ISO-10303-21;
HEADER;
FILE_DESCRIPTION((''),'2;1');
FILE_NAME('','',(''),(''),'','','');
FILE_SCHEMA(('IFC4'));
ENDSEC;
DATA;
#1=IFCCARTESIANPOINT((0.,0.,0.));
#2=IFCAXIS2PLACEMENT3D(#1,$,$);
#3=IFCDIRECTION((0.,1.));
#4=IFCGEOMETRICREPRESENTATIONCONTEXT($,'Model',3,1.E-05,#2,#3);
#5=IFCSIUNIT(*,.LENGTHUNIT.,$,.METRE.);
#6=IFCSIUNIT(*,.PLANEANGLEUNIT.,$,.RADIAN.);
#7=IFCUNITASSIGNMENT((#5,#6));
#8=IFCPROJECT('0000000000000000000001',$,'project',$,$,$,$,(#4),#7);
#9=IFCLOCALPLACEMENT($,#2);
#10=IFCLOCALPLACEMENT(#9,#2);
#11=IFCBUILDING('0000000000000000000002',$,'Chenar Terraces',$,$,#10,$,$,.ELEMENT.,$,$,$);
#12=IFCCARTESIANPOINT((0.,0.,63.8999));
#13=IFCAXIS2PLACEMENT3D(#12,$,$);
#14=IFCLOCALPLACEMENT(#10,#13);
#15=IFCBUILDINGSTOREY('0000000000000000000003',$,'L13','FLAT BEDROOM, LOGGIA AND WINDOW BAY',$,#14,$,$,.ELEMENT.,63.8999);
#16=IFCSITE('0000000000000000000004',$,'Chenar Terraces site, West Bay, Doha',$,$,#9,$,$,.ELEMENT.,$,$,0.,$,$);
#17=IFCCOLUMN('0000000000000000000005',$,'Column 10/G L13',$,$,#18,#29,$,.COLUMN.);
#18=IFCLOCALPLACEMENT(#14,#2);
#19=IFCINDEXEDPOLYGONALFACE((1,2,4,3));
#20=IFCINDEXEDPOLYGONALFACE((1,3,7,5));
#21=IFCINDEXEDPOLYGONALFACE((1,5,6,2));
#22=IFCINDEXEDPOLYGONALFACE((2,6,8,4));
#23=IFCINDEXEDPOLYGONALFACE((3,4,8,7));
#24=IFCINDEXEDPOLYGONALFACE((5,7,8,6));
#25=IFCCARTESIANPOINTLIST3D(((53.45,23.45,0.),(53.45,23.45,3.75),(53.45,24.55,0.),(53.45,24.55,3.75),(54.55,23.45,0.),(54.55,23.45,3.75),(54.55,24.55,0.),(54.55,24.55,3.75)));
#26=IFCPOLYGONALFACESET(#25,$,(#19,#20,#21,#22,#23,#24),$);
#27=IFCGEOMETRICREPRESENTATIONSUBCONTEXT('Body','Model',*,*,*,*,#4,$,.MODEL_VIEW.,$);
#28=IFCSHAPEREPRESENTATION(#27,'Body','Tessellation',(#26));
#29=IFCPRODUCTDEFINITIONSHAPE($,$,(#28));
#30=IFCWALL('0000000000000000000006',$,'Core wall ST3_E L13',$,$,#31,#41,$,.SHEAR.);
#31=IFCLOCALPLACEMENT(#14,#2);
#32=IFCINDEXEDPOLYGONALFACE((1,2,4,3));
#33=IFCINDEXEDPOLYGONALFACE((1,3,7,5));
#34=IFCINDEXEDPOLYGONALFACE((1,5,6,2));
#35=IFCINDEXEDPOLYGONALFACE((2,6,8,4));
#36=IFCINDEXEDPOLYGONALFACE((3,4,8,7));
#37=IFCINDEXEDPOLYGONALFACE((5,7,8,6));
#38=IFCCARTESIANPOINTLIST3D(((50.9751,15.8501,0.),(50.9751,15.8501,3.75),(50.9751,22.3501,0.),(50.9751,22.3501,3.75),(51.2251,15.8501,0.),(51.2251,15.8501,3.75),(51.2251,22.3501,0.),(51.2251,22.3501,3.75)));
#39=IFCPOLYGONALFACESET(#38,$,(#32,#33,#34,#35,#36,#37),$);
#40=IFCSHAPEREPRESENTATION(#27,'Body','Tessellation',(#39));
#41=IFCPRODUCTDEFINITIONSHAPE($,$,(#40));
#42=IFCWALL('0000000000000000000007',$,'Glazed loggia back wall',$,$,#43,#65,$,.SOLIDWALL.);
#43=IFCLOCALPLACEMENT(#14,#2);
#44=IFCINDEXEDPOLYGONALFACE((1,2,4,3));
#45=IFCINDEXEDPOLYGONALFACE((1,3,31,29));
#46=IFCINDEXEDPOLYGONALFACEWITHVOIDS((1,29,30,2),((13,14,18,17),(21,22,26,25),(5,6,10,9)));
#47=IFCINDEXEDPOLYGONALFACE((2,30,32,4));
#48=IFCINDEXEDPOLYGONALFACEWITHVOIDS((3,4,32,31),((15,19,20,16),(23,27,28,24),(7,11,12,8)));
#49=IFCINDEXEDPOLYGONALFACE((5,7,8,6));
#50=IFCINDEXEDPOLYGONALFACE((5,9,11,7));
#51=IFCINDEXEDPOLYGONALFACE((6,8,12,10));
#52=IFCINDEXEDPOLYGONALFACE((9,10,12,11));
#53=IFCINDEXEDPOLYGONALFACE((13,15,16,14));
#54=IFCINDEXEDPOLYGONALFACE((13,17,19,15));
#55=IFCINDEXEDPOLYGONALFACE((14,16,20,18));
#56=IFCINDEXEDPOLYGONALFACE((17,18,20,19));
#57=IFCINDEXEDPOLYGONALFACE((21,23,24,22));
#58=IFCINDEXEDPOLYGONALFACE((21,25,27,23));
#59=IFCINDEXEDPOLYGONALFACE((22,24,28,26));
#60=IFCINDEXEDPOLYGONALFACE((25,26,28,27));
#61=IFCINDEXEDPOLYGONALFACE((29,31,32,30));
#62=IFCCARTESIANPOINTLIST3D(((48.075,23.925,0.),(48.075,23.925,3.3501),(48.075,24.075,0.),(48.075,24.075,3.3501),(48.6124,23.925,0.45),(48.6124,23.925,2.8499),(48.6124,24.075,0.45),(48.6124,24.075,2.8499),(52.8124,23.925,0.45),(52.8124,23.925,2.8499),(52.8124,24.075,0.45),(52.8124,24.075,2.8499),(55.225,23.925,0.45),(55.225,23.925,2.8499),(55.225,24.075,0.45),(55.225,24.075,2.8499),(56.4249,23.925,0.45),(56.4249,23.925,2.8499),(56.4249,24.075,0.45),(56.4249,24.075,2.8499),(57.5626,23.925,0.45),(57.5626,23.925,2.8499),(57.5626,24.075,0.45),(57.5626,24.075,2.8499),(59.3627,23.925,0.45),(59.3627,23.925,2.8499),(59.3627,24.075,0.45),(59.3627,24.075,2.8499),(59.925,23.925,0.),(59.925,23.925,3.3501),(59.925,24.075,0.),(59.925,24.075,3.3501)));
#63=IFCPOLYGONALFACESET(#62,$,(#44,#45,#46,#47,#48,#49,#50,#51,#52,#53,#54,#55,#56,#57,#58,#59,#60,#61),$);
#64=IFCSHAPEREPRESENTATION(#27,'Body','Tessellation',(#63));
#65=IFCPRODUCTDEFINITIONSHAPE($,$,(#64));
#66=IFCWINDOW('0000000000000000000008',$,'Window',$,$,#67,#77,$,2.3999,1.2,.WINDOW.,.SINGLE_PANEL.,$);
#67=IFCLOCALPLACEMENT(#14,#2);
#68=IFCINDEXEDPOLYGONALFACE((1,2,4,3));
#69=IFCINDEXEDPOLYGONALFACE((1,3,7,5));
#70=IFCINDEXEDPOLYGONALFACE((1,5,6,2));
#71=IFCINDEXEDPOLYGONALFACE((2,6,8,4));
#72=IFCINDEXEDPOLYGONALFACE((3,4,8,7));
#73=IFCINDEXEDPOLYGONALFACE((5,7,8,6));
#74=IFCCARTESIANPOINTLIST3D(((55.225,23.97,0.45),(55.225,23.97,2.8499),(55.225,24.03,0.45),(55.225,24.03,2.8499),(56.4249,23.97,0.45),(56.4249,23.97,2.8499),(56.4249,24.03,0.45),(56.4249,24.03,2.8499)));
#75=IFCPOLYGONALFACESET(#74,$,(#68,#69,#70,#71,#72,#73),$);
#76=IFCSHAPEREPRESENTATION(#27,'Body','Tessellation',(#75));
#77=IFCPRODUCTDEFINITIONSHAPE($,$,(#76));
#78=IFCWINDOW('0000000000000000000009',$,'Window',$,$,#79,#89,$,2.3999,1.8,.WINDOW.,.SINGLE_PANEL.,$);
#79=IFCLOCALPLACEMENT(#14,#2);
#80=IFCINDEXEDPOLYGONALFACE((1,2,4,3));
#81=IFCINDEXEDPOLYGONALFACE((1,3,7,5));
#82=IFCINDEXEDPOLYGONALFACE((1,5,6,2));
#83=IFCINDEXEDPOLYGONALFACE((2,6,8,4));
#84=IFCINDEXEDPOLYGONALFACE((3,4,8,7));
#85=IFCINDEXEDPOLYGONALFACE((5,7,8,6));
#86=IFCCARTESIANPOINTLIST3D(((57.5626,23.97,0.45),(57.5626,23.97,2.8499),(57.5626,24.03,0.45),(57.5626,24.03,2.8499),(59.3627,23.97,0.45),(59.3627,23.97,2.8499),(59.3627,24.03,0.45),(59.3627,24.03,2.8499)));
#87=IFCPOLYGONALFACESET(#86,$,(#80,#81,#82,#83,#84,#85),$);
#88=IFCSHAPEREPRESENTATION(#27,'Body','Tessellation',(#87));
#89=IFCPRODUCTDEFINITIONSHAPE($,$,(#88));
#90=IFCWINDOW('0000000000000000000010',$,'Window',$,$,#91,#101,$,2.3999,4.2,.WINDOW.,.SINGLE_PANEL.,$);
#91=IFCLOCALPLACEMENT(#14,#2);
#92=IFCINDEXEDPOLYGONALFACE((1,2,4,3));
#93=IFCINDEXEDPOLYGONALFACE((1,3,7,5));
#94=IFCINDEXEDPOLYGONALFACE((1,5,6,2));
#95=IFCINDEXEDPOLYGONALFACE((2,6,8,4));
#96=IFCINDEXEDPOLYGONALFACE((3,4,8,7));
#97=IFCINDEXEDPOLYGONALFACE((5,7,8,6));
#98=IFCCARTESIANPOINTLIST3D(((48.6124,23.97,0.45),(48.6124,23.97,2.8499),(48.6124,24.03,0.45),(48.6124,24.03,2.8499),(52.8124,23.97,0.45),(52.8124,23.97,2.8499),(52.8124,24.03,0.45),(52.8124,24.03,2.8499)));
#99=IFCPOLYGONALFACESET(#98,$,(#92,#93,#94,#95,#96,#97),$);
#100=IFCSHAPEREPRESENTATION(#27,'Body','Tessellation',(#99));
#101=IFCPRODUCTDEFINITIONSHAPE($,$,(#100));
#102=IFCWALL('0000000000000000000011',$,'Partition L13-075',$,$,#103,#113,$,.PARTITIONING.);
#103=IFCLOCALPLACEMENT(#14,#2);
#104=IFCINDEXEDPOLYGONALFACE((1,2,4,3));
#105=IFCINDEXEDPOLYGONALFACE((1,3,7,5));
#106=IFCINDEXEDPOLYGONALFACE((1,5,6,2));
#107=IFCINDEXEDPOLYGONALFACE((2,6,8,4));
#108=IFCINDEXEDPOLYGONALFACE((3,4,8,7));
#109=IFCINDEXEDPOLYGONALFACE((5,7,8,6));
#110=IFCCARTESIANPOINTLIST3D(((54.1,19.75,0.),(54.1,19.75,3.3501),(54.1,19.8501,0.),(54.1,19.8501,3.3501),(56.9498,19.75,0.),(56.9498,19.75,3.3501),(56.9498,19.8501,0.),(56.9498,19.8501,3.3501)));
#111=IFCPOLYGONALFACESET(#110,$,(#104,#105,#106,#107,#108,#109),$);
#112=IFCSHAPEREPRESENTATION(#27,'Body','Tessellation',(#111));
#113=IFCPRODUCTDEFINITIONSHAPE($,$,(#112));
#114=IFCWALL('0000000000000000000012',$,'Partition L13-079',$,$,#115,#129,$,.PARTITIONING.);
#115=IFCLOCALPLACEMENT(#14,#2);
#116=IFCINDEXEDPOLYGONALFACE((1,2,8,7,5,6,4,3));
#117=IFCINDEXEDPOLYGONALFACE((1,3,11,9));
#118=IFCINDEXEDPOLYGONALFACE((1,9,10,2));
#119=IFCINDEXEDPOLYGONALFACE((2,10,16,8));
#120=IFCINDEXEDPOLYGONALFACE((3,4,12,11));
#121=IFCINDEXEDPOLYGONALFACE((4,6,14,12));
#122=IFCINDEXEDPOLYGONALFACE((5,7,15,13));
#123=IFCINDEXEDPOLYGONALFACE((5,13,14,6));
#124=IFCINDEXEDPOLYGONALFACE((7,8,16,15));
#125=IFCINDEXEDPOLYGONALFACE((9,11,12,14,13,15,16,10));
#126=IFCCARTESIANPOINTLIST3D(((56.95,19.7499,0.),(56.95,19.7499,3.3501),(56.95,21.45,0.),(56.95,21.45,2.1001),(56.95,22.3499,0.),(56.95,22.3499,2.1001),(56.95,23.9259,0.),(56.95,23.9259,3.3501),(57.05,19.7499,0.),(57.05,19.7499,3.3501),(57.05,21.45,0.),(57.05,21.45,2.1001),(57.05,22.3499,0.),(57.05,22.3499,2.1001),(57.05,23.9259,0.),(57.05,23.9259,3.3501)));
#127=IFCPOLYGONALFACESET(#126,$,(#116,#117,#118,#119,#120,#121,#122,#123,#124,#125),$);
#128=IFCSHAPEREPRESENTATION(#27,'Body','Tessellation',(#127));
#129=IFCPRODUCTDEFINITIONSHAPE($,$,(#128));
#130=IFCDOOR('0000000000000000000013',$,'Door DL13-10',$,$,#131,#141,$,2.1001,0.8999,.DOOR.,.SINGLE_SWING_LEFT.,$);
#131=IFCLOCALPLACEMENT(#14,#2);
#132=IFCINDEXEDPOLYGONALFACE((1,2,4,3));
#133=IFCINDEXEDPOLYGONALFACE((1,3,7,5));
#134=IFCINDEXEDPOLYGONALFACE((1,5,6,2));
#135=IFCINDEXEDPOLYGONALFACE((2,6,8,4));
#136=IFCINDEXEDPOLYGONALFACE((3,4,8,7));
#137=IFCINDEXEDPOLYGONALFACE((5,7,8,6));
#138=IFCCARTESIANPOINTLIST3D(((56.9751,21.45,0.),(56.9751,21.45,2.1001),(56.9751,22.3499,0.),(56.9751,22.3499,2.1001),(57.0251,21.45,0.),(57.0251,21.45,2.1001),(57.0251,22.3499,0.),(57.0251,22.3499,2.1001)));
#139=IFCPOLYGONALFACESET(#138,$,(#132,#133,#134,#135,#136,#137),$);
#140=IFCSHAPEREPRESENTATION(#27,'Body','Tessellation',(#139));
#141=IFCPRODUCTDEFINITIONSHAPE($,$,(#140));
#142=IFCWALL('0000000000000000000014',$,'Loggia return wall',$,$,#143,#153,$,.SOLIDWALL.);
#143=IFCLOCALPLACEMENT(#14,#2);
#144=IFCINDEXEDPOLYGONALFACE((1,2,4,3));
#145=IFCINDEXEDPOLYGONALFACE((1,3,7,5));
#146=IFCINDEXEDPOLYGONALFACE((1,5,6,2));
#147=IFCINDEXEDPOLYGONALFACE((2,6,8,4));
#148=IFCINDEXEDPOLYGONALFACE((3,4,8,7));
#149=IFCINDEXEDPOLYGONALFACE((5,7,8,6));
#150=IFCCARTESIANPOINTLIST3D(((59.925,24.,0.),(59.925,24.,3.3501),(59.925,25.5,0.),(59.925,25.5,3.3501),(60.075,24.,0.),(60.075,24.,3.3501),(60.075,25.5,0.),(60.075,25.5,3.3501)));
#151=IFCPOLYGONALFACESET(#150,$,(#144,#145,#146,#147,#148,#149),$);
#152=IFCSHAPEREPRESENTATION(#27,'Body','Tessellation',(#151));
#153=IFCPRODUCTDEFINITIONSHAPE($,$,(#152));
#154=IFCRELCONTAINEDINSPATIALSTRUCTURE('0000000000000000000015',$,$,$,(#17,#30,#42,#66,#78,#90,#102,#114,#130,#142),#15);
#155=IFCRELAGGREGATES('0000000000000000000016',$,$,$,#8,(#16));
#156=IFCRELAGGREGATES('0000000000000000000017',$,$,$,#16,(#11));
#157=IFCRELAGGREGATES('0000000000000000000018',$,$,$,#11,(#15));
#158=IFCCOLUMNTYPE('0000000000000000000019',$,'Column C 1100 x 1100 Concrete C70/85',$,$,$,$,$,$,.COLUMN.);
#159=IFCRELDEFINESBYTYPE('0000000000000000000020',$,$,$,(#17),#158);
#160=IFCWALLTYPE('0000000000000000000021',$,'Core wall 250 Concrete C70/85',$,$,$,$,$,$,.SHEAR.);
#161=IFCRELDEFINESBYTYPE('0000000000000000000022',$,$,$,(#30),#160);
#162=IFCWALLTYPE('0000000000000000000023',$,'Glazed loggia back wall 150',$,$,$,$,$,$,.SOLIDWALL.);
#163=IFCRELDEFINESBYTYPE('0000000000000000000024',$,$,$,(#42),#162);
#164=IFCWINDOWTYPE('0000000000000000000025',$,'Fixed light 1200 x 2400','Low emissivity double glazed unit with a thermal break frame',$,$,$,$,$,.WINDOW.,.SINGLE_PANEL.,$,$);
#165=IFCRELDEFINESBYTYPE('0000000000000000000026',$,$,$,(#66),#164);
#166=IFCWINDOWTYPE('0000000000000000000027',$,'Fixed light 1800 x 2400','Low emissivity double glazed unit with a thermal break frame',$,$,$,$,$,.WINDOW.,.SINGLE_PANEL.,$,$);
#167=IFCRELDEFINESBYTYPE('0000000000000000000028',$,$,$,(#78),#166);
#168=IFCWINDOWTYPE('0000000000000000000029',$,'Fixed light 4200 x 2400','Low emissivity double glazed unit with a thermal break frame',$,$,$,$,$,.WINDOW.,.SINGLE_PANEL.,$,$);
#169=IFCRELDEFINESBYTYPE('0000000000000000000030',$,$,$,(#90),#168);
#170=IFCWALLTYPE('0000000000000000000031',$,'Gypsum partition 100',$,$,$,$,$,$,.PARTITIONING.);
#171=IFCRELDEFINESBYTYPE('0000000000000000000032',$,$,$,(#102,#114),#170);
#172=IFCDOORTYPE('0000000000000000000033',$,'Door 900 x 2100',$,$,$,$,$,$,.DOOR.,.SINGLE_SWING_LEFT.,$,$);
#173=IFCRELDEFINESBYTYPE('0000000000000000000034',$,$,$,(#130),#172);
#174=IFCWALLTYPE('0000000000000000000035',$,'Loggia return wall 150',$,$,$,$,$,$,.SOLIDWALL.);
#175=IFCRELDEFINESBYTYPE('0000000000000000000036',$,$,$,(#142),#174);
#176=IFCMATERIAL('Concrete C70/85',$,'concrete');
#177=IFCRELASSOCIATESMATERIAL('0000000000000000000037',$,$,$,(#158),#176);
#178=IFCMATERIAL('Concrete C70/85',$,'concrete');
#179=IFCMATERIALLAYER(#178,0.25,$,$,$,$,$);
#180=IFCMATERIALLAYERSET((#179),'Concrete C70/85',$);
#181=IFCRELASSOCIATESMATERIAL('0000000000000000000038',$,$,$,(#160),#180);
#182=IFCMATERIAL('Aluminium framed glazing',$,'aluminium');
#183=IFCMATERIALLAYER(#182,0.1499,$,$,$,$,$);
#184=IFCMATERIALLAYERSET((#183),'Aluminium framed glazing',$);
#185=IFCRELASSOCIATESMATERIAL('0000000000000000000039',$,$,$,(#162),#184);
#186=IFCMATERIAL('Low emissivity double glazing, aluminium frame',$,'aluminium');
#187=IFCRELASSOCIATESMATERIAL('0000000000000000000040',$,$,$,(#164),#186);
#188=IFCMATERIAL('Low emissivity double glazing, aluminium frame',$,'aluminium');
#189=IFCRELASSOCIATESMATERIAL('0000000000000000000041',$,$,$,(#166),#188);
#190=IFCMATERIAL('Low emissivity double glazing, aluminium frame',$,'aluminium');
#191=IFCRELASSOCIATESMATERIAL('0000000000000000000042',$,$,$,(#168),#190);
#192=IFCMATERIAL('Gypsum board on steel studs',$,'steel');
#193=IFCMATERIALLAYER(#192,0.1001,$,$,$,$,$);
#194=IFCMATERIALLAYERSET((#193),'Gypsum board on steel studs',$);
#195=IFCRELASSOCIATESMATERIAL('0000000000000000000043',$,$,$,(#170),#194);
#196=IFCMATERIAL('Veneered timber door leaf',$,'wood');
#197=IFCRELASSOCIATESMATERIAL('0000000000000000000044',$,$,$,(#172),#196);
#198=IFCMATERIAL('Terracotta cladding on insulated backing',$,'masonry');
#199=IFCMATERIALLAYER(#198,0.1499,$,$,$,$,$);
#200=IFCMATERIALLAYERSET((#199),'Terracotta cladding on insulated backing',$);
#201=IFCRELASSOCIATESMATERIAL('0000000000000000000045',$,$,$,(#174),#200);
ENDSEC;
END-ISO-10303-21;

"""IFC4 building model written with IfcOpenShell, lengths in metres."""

from ifc_helpers import new_model, si_unit, direction, frame, frame_2d, origin, origin_2d, place, context, subcontext, project, spatial, rectangle, extrude, material, layer, layer_set, material_profile, profile_set, type_object, element, fill, save


model = new_model("IFC4")

# Units and contexts
model_context = context("Model", 3, precision=1e-05, world=origin(), true_north=direction((0.0, 1.0)))
body_context = subcontext(model_context, "Body", "Model", "MODEL_VIEW")
ifc_project = project(units=[si_unit("LENGTHUNIT", "METRE"), si_unit("PLANEANGLEUNIT", "RADIAN")], contexts=[model_context])

# Site, building, storey
site_placement = place(None, origin())
site = spatial("IfcSite", under=ifc_project, at=site_placement, Name="Chenar Terraces site, West Bay, Doha", CompositionType="ELEMENT", RefElevation=0.0)
building_placement = place(site_placement, origin())
building = spatial("IfcBuilding", under=site, at=building_placement, Name="Chenar Terraces", CompositionType="ELEMENT")
storey_placement = place(building_placement, frame((0.0, 0.0, 63.8999)))
storey = spatial("IfcBuildingStorey", under=building, at=storey_placement, Name="L13", Description="FLAT BEDROOM, LOGGIA AND WINDOW BAY", CompositionType="ELEMENT", Elevation=63.8999)

# Column
ifc_material_1 = material(Name="Concrete C70/85", Category="concrete")
ifc_material_profile_1 = material_profile(ifc_material_1, rectangle(XDim=1.1001, YDim=1.1001, at=origin_2d()), Name="C 1100 x 1100")
ifc_profile_set_1 = profile_set([ifc_material_profile_1], Name="Concrete C70/85")
column_type = type_object("IfcColumnType", Name="Column C 1100 x 1100 Concrete C70/85", PredefinedType="COLUMN", material=ifc_profile_set_1)
column_placement = place(storey_placement, frame((54.0, 24.0, 0.0), z_axis=(0.0, 0.0, 1.0), x_axis=(1.0, 0.0, 0.0)))
element("IfcColumn", 1, at=column_placement, inside=storey, type_object=column_type, Name="Column 10/G L13", PredefinedType="COLUMN", context=body_context, shape_type="SweptSolid", body=[
    extrude(rectangle(XDim=1.1001, YDim=1.1001, at=origin_2d()), origin(), (0.0, 0.0, 1.0), 3.75),
])

# Wall
ifc_material_2 = material(Name="Concrete C70/85", Category="concrete")
ifc_layer_1 = layer(ifc_material_2, 0.25)
ifc_layer_set_1 = layer_set([ifc_layer_1], Name="Concrete C70/85")
wall_type_1 = type_object("IfcWallType", Name="Core wall 250 Concrete C70/85", PredefinedType="SHEAR", material=ifc_layer_set_1)
wall_1_placement = place(storey_placement, frame((51.1001, 15.8501, 0.0), z_axis=(0.0, 0.0, 1.0), x_axis=(0.0, 1.0, 0.0)))
element("IfcWall", 2, at=wall_1_placement, inside=storey, type_object=wall_type_1, Name="Core wall ST3_E L13", PredefinedType="SHEAR", context=body_context, shape_type="SweptSolid", body=[
    extrude(rectangle(XDim=6.5, YDim=0.25, at=frame_2d((3.25, 0.0))), origin(), (0.0, 0.0, 1.0), 3.75),
])

# Wall, openings, windows
ifc_material_3 = material(Name="Aluminium framed glazing", Category="aluminium")
ifc_layer_2 = layer(ifc_material_3, 0.1499)
ifc_layer_set_2 = layer_set([ifc_layer_2], Name="Aluminium framed glazing")
wall_type_2 = type_object("IfcWallType", Name="Glazed loggia back wall 150", PredefinedType="SOLIDWALL", material=ifc_layer_set_2)
wall_2_placement = place(storey_placement, frame((59.925, 24.0, 0.0), z_axis=(0.0, 0.0, 1.0), x_axis=(-1.0, 0.0, 0.0)))
wall_2 = element("IfcWall", 3, at=wall_2_placement, inside=storey, type_object=wall_type_2, Name="Glazed loggia back wall", PredefinedType="SOLIDWALL", context=body_context, shape_type="SweptSolid", body=[
    extrude(rectangle(XDim=11.8501, YDim=0.1499, at=frame_2d((5.925, 0.0))), origin(), (0.0, 0.0, 1.0), 3.3501),
])
opening_1_placement = place(wall_2_placement, frame((0.5625, 0.0, 0.45)))
opening_1 = element("IfcOpeningElement", 4, at=opening_1_placement, cuts=wall_2, PredefinedType="OPENING", context=body_context, shape_type="SweptSolid", body=[
    extrude(rectangle(XDim=1.8, YDim=2.3999, at=frame_2d((0.8999, 1.2))), frame((0.0, 0.085, 0.0), z_axis=(0.0, -1.0, 0.0), x_axis=(1.0, 0.0, 0.0)), (0.0, 0.0, 1.0), 0.1699),
])
opening_2_placement = place(wall_2_placement, frame((3.5, 0.0, 0.45)))
opening_2 = element("IfcOpeningElement", 5, at=opening_2_placement, cuts=wall_2, PredefinedType="OPENING", context=body_context, shape_type="SweptSolid", body=[
    extrude(rectangle(XDim=1.2, YDim=2.3999, at=frame_2d((0.6001, 1.2))), frame((0.0, 0.085, 0.0), z_axis=(0.0, -1.0, 0.0), x_axis=(1.0, 0.0, 0.0)), (0.0, 0.0, 1.0), 0.1699),
])
opening_3_placement = place(wall_2_placement, frame((7.1125, 0.0, 0.45)))
opening_3 = element("IfcOpeningElement", 6, at=opening_3_placement, cuts=wall_2, PredefinedType="OPENING", context=body_context, shape_type="SweptSolid", body=[
    extrude(rectangle(XDim=4.2, YDim=2.3999, at=frame_2d((2.1001, 1.2))), frame((0.0, 0.085, 0.0), z_axis=(0.0, -1.0, 0.0), x_axis=(1.0, 0.0, 0.0)), (0.0, 0.0, 1.0), 0.1699),
])
ifc_material_4 = material(Name="Low emissivity double glazing, aluminium frame", Category="aluminium")
window_type_1 = type_object("IfcWindowType", Name="Fixed light 1200 x 2400", Description="Low emissivity double glazed unit with a thermal break frame", PartitioningType="SINGLE_PANEL", PredefinedType="WINDOW", material=ifc_material_4)
window_1_placement = place(opening_2_placement, origin())
window_1 = element("IfcWindow", 7, at=window_1_placement, inside=storey, type_object=window_type_1, Name="Window", OverallHeight=2.3999, OverallWidth=1.2, PartitioningType="SINGLE_PANEL", PredefinedType="WINDOW", context=body_context, shape_type="SweptSolid", body=[
    extrude(rectangle(XDim=1.2, YDim=2.3999, at=frame_2d((0.6001, 1.2))), frame((0.0, 0.03, 0.0), z_axis=(0.0, -1.0, 0.0), x_axis=(1.0, 0.0, 0.0)), (0.0, 0.0, 1.0), 0.0601),
])
fill(opening_2, window_1)
ifc_material_5 = material(Name="Low emissivity double glazing, aluminium frame", Category="aluminium")
window_type_2 = type_object("IfcWindowType", Name="Fixed light 1800 x 2400", Description="Low emissivity double glazed unit with a thermal break frame", PartitioningType="SINGLE_PANEL", PredefinedType="WINDOW", material=ifc_material_5)
window_2_placement = place(opening_1_placement, origin())
window_2 = element("IfcWindow", 8, at=window_2_placement, inside=storey, type_object=window_type_2, Name="Window", OverallHeight=2.3999, OverallWidth=1.8, PartitioningType="SINGLE_PANEL", PredefinedType="WINDOW", context=body_context, shape_type="SweptSolid", body=[
    extrude(rectangle(XDim=1.8, YDim=2.3999, at=frame_2d((0.8999, 1.2))), frame((0.0, 0.03, 0.0), z_axis=(0.0, -1.0, 0.0), x_axis=(1.0, 0.0, 0.0)), (0.0, 0.0, 1.0), 0.0601),
])
fill(opening_1, window_2)
ifc_material_6 = material(Name="Low emissivity double glazing, aluminium frame", Category="aluminium")
window_type_3 = type_object("IfcWindowType", Name="Fixed light 4200 x 2400", Description="Low emissivity double glazed unit with a thermal break frame", PartitioningType="SINGLE_PANEL", PredefinedType="WINDOW", material=ifc_material_6)
window_3_placement = place(opening_3_placement, origin())
window_3 = element("IfcWindow", 9, at=window_3_placement, inside=storey, type_object=window_type_3, Name="Window", OverallHeight=2.3999, OverallWidth=4.2, PartitioningType="SINGLE_PANEL", PredefinedType="WINDOW", context=body_context, shape_type="SweptSolid", body=[
    extrude(rectangle(XDim=4.2, YDim=2.3999, at=frame_2d((2.1001, 1.2))), frame((0.0, 0.03, 0.0), z_axis=(0.0, -1.0, 0.0), x_axis=(1.0, 0.0, 0.0)), (0.0, 0.0, 1.0), 0.0601),
])
fill(opening_3, window_3)

# Wall
ifc_material_7 = material(Name="Gypsum board on steel studs", Category="steel")
ifc_layer_3 = layer(ifc_material_7, 0.1001)
ifc_layer_set_3 = layer_set([ifc_layer_3], Name="Gypsum board on steel studs")
wall_type_3 = type_object("IfcWallType", Name="Gypsum partition 100", PredefinedType="PARTITIONING", material=ifc_layer_set_3)
wall_3_placement = place(storey_placement, frame((54.1001, 19.8, 0.0), z_axis=(0.0, 0.0, 1.0), x_axis=(1.0, 0.0, 0.0)))
element("IfcWall", 10, at=wall_3_placement, inside=storey, type_object=wall_type_3, Name="Partition L13-075", PredefinedType="PARTITIONING", context=body_context, shape_type="SweptSolid", body=[
    extrude(rectangle(XDim=2.8499, YDim=0.1001, at=frame_2d((1.4248, 0.0))), origin(), (0.0, 0.0, 1.0), 3.3501),
])

# Wall, opening, door
wall_4_placement = place(storey_placement, frame((57.0, 19.75, 0.0), z_axis=(0.0, 0.0, 1.0), x_axis=(0.0, 1.0, 0.0)))
wall_4 = element("IfcWall", 11, at=wall_4_placement, inside=storey, type_object=wall_type_3, Name="Partition L13-079", PredefinedType="PARTITIONING", context=body_context, shape_type="SweptSolid", body=[
    extrude(rectangle(XDim=4.176, YDim=0.1001, at=frame_2d((2.0879, 0.0))), origin(), (0.0, 0.0, 1.0), 3.3501),
])
opening_4_placement = place(wall_4_placement, frame((1.7, 0.0, 0.0)))
opening_4 = element("IfcOpeningElement", 12, at=opening_4_placement, cuts=wall_4, PredefinedType="OPENING", context=body_context, shape_type="SweptSolid", body=[
    extrude(rectangle(XDim=0.8999, YDim=2.1001, at=frame_2d((0.45, 1.05))), frame((0.0, 0.0601, 0.0), z_axis=(0.0, -1.0, 0.0), x_axis=(1.0, 0.0, 0.0)), (0.0, 0.0, 1.0), 0.1201),
])
ifc_material_8 = material(Name="Veneered timber door leaf", Category="wood")
door_type = type_object("IfcDoorType", Name="Door 900 x 2100", OperationType="SINGLE_SWING_LEFT", PredefinedType="DOOR", material=ifc_material_8)
door_1_placement = place(opening_4_placement, origin())
door_1 = element("IfcDoor", 13, at=door_1_placement, inside=storey, type_object=door_type, Name="Door DL13-10", OperationType="SINGLE_SWING_LEFT", OverallHeight=2.1001, OverallWidth=0.8999, PredefinedType="DOOR", context=body_context, shape_type="SweptSolid", body=[
    extrude(rectangle(XDim=0.8999, YDim=2.1001, at=frame_2d((0.45, 1.05))), frame((0.0, 0.0249, 0.0), z_axis=(0.0, -1.0, 0.0), x_axis=(1.0, 0.0, 0.0)), (0.0, 0.0, 1.0), 0.05),
])
fill(opening_4, door_1)

# Wall
ifc_material_9 = material(Name="Terracotta cladding on insulated backing", Category="masonry")
ifc_layer_4 = layer(ifc_material_9, 0.1499)
ifc_layer_set_4 = layer_set([ifc_layer_4], Name="Terracotta cladding on insulated backing")
wall_type_4 = type_object("IfcWallType", Name="Loggia return wall 150", PredefinedType="SOLIDWALL", material=ifc_layer_set_4)
wall_5_placement = place(storey_placement, frame((60.0, 25.5, 0.0), z_axis=(0.0, 0.0, 1.0), x_axis=(0.0, -1.0, 0.0)))
element("IfcWall", 14, at=wall_5_placement, inside=storey, type_object=wall_type_4, Name="Loggia return wall", PredefinedType="SOLIDWALL", context=body_context, shape_type="SweptSolid", body=[
    extrude(rectangle(XDim=1.5, YDim=0.1499, at=frame_2d((0.75, 0.0))), origin(), (0.0, 0.0, 1.0), 3.3501),
])

save(model, "model.ifc")
